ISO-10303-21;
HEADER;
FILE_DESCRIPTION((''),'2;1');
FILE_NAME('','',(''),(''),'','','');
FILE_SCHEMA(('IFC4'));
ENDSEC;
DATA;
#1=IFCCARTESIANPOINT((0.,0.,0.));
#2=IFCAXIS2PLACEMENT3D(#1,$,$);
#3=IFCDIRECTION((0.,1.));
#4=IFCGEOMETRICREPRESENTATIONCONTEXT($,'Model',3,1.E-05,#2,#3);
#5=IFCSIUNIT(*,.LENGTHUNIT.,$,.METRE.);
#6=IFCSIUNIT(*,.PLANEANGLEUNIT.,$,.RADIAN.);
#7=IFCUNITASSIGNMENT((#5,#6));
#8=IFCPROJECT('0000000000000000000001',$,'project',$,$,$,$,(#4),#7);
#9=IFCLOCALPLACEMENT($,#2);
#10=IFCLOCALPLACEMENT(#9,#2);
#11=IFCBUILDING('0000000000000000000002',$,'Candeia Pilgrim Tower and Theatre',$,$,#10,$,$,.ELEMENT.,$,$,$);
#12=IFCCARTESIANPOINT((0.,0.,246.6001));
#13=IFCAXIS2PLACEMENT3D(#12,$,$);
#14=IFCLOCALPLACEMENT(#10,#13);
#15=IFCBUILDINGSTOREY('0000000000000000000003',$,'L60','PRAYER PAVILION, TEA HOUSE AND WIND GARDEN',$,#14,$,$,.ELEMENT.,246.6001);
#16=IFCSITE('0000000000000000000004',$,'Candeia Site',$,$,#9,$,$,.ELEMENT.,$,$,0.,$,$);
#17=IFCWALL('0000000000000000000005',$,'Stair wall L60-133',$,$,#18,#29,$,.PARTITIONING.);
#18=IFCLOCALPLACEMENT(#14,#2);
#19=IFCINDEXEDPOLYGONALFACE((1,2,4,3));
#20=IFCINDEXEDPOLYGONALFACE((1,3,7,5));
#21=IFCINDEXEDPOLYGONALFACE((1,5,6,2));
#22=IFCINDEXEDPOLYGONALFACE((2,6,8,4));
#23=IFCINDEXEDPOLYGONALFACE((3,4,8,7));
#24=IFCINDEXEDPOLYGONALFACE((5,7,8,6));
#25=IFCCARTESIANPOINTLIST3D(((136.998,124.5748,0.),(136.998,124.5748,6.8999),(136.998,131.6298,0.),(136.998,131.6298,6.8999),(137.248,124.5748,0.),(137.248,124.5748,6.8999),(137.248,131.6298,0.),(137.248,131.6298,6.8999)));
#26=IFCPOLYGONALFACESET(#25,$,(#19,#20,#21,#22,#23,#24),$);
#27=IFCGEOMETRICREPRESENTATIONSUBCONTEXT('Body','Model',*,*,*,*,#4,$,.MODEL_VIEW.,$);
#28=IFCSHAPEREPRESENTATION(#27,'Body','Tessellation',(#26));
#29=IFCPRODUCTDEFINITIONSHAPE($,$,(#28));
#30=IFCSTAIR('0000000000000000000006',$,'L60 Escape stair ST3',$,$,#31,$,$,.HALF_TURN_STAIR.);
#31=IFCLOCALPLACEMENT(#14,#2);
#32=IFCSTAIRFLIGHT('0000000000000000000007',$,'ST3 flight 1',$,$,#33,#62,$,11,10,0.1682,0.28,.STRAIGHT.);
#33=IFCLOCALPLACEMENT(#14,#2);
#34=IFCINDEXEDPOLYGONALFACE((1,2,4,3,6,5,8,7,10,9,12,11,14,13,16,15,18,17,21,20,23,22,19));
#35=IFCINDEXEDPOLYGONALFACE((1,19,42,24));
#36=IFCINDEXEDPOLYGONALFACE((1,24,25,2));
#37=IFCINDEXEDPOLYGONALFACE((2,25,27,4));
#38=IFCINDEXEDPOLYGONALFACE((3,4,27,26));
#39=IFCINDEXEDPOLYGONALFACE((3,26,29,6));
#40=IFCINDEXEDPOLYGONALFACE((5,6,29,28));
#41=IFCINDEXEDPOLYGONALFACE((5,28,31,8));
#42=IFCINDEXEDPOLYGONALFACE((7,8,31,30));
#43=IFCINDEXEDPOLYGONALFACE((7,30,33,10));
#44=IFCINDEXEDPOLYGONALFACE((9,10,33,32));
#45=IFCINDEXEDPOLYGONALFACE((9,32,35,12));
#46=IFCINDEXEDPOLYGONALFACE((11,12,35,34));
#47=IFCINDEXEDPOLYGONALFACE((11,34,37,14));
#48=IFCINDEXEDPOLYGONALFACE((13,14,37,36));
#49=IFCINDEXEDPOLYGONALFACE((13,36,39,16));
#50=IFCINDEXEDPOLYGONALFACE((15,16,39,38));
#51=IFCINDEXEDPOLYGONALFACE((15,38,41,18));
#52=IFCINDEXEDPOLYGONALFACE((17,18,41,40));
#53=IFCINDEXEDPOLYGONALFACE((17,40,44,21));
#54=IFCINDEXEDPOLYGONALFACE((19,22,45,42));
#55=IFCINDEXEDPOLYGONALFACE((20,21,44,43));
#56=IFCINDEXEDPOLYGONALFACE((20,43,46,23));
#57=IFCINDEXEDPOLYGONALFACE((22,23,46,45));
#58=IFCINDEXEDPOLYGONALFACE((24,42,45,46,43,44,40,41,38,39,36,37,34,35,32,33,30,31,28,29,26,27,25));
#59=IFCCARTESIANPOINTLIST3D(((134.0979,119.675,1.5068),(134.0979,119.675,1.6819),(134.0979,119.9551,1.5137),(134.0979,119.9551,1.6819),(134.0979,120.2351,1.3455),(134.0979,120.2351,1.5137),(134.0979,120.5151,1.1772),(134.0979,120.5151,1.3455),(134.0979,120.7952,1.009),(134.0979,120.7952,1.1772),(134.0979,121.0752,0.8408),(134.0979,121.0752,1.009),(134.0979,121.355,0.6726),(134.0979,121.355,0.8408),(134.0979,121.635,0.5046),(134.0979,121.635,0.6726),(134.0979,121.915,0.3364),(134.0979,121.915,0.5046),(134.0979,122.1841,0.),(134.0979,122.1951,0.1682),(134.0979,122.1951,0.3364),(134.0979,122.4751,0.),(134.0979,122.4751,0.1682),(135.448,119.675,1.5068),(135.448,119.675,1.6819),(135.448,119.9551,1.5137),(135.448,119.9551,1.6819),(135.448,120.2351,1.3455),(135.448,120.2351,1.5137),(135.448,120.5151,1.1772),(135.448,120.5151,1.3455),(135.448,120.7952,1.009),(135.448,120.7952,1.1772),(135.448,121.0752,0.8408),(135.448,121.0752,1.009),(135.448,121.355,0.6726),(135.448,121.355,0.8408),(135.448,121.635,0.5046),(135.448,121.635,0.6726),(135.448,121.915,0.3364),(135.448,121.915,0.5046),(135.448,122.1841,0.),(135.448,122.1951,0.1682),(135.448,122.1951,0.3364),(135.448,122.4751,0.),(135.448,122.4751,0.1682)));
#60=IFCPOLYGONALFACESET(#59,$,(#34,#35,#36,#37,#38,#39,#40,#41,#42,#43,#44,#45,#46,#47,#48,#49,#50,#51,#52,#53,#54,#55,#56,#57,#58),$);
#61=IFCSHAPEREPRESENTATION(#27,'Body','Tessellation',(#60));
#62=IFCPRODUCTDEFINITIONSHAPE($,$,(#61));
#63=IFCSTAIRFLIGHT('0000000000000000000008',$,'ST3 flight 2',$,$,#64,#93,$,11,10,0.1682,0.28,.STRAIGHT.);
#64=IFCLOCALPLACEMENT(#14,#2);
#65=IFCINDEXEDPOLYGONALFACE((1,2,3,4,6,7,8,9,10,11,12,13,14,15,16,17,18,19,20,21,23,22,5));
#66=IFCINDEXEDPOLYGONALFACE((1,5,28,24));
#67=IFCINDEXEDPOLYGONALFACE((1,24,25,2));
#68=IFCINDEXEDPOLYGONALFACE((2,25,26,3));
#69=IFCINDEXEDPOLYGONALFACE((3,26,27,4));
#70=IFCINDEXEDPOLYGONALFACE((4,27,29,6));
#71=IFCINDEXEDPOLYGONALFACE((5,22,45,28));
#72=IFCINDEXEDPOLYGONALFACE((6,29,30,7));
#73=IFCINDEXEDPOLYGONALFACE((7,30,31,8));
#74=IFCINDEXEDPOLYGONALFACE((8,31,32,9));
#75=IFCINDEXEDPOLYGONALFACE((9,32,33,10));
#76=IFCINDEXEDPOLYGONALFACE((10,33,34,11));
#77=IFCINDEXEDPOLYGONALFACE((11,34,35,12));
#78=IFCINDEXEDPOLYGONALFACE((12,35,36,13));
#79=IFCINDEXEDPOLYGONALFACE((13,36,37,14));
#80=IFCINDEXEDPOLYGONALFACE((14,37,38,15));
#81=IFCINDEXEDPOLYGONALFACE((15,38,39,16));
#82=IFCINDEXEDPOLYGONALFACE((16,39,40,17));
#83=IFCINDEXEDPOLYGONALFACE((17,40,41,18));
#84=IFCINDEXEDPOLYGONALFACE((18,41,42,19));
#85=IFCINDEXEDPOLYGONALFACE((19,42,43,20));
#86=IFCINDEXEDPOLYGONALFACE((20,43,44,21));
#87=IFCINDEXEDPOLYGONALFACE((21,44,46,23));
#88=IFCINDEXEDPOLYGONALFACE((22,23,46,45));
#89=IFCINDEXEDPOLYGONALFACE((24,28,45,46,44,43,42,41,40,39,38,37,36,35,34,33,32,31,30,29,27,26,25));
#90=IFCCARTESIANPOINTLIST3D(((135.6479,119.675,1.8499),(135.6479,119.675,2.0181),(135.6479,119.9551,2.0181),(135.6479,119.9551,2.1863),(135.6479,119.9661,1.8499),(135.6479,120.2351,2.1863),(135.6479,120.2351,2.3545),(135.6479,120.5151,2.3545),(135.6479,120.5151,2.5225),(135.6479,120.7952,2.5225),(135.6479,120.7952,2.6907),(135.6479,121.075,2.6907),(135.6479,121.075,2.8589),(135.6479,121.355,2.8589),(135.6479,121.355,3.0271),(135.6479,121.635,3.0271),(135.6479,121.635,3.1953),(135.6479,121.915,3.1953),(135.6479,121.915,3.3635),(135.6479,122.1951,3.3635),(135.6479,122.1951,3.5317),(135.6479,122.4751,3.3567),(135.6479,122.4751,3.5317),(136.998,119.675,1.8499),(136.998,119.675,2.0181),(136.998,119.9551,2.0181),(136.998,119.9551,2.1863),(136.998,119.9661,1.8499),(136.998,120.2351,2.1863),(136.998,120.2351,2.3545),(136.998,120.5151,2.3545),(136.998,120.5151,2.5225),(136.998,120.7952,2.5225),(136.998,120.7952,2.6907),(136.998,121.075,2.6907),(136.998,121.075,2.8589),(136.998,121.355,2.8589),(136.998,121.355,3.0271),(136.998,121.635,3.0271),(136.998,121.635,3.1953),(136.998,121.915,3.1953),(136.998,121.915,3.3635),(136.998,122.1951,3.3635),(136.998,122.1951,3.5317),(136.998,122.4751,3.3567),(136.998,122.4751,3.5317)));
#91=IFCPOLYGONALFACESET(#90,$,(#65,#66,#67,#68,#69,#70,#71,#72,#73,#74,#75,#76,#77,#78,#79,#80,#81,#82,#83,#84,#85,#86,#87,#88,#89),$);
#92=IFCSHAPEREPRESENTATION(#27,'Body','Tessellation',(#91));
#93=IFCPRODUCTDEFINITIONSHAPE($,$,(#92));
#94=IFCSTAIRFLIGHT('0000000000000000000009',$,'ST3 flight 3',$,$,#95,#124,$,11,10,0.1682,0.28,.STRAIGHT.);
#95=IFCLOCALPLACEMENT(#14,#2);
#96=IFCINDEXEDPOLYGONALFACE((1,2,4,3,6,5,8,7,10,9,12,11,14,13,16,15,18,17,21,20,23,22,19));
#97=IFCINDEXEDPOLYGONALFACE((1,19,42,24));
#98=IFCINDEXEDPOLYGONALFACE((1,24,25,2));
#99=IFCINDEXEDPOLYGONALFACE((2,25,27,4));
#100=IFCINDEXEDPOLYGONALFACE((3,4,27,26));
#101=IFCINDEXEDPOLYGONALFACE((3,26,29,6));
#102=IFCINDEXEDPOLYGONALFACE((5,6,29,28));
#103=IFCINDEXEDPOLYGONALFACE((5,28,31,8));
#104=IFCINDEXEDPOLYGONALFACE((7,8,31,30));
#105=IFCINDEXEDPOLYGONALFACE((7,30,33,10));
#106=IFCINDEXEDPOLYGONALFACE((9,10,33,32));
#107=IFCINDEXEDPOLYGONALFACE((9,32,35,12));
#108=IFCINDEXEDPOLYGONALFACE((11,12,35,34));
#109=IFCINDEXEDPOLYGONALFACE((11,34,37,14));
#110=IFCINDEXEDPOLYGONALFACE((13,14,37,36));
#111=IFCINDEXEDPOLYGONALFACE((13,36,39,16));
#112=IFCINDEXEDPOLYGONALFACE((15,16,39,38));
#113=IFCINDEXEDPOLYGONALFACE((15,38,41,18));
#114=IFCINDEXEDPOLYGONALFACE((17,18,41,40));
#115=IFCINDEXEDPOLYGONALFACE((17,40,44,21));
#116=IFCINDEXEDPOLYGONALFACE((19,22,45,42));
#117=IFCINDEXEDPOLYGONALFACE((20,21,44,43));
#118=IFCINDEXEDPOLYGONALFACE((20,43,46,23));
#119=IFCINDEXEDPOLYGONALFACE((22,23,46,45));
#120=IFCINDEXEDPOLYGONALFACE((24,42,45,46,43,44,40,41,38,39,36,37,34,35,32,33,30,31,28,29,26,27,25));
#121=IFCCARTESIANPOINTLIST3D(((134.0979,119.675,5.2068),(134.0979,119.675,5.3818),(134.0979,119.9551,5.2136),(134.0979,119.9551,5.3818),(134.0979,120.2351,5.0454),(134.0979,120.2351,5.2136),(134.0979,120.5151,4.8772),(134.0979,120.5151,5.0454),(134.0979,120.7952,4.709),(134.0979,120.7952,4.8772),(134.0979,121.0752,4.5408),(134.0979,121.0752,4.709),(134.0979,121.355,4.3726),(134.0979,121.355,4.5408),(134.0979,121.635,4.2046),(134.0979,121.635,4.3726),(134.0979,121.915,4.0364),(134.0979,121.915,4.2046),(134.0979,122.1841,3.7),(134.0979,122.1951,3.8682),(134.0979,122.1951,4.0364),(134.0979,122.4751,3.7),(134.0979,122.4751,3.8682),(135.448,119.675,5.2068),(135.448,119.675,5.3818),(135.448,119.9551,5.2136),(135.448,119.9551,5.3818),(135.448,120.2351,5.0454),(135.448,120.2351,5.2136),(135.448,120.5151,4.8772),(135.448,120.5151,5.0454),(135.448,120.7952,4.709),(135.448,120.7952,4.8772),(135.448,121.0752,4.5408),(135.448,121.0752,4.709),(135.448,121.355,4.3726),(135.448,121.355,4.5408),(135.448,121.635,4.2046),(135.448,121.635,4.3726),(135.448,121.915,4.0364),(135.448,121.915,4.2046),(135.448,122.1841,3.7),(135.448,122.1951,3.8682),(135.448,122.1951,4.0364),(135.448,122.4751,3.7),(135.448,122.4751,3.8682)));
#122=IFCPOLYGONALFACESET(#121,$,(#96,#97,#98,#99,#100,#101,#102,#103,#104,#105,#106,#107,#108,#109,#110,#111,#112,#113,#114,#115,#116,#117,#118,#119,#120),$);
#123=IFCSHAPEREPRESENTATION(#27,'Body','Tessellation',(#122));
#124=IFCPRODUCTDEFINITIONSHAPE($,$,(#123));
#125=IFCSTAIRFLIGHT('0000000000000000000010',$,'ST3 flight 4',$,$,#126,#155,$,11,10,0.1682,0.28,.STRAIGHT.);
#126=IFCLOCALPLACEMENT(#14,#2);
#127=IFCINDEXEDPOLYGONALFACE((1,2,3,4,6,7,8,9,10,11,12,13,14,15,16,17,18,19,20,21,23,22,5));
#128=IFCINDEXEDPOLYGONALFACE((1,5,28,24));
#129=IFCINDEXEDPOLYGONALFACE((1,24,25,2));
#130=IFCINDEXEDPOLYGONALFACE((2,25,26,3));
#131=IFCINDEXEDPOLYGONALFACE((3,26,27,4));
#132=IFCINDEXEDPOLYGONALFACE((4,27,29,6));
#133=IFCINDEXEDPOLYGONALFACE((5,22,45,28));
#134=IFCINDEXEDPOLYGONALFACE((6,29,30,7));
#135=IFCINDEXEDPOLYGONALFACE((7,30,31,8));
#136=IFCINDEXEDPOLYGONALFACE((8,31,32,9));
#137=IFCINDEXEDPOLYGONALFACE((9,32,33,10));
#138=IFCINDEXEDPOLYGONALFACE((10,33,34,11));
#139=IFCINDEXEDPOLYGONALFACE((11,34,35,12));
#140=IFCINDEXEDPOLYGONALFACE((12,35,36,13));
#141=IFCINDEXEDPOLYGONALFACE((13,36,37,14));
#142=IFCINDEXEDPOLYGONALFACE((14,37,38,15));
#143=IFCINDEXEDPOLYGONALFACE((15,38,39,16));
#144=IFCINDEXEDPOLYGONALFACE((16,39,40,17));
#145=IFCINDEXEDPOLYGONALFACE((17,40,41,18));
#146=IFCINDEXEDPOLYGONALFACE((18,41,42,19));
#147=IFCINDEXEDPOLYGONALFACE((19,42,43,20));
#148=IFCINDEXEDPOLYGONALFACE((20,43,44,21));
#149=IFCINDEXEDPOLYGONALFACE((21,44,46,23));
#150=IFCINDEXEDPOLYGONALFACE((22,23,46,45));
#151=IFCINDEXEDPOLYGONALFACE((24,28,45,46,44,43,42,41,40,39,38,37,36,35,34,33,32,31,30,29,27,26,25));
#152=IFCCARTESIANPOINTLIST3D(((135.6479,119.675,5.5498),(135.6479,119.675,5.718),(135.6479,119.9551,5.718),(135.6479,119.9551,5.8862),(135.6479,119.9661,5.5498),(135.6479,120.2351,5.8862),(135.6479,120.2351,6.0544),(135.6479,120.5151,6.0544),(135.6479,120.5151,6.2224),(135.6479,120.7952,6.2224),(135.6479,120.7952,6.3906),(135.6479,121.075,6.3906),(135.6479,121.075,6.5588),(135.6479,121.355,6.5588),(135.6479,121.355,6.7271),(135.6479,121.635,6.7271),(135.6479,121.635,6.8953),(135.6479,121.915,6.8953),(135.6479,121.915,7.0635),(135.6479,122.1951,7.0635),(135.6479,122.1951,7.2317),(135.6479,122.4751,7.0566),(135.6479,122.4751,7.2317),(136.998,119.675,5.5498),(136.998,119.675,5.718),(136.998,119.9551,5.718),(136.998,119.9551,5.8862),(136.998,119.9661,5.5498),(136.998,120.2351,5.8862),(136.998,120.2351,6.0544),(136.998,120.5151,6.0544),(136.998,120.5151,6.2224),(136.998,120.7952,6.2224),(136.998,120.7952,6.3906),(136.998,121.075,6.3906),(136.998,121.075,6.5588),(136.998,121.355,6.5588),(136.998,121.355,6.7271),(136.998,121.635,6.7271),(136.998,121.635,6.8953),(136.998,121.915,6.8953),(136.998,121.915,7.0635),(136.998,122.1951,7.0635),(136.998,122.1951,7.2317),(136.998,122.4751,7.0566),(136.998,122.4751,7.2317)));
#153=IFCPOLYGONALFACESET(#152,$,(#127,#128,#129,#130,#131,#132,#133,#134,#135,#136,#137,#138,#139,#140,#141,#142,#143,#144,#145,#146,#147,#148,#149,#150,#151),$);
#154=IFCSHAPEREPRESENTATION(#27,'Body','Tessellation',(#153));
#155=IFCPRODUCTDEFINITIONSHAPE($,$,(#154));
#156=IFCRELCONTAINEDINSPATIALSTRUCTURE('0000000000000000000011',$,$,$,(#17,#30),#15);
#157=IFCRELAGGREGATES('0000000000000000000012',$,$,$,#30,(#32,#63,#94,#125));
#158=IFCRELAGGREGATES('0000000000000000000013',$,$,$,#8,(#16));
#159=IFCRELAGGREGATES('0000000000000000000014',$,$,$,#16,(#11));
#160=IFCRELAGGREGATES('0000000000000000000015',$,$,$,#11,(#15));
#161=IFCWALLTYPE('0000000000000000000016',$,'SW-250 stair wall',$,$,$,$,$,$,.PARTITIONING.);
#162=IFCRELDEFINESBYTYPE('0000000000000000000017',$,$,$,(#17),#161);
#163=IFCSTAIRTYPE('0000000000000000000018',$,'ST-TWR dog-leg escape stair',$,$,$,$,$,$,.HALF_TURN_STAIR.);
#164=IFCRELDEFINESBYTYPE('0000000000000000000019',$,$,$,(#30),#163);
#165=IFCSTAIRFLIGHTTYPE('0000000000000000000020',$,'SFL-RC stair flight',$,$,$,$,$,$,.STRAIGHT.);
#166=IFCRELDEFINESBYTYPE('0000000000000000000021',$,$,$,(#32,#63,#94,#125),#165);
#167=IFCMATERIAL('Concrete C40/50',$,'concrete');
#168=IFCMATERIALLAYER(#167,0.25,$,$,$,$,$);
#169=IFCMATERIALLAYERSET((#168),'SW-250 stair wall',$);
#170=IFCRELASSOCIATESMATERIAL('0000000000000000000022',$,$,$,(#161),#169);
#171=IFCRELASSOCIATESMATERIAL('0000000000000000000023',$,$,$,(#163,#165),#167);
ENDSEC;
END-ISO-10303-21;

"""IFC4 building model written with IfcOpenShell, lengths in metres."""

from ifc_helpers import new_model, si_unit, direction, frame, frame_2d, origin, place, context, subcontext, project, spatial, polyline, rectangle, outline, extrude, material, layer, layer_set, type_object, element, aggregate, save


model = new_model("IFC4")

# Units and contexts
model_context = context("Model", 3, precision=1e-05, world=origin(), true_north=direction((0.0, 1.0)))
body_context = subcontext(model_context, "Body", "Model", "MODEL_VIEW")
ifc_project = project(units=[si_unit("LENGTHUNIT", "METRE"), si_unit("PLANEANGLEUNIT", "RADIAN")], contexts=[model_context])

# Site, building, storey
site_placement = place(None, origin())
site = spatial("IfcSite", under=ifc_project, at=site_placement, Name="Candeia Site", CompositionType="ELEMENT", RefElevation=0.0)
building_placement = place(site_placement, origin())
building = spatial("IfcBuilding", under=site, at=building_placement, Name="Candeia Pilgrim Tower and Theatre", CompositionType="ELEMENT")
storey_placement = place(building_placement, frame((0.0, 0.0, 246.6001)))
storey = spatial("IfcBuildingStorey", under=building, at=storey_placement, Name="L60", Description="PRAYER PAVILION, TEA HOUSE AND WIND GARDEN", CompositionType="ELEMENT", Elevation=246.6001)

# Wall
ifc_material_1 = material(Name="Concrete C40/50", Category="concrete")
ifc_layer = layer(ifc_material_1, 0.25)
ifc_layer_set = layer_set([ifc_layer], Name="SW-250 stair wall")
wall_type = type_object("IfcWallType", Name="SW-250 stair wall", PredefinedType="PARTITIONING", material=ifc_layer_set)
wall_placement = place(storey_placement, frame((137.123, 124.575, 0.0), z_axis=(0.0, 0.0, 1.0), x_axis=(0.0, 1.0, 0.0)))
element("IfcWall", 1, at=wall_placement, inside=storey, type_object=wall_type, Name="Stair wall L60-133", PredefinedType="PARTITIONING", context=body_context, shape_type="SweptSolid", body=[
    extrude(rectangle(XDim=7.0549, YDim=0.25, at=frame_2d((3.5273, 0.0))), origin(), (0.0, 0.0, 1.0), 6.8999),
])

# Stair, stair flights
stair_type = type_object("IfcStairType", Name="ST-TWR dog-leg escape stair", PredefinedType="HALF_TURN_STAIR", material=ifc_material_1)
stair_1_placement = place(storey_placement, origin())
stair_1 = element("IfcStair", 2, at=stair_1_placement, inside=storey, type_object=stair_type, Name="L60 Escape stair ST3", PredefinedType="HALF_TURN_STAIR")
stair_flight_type = type_object("IfcStairFlightType", Name="SFL-RC stair flight", PredefinedType="STRAIGHT", material=ifc_material_1)
stair_flight_1_placement = place(storey_placement, frame((134.7729, 122.4751, 0.0), z_axis=(0.0, 0.0, 1.0), x_axis=(0.0, -1.0, 0.0)))
stair_flight_1 = element("IfcStairFlight", 3, at=stair_flight_1_placement, type_object=stair_flight_type, Name="ST3 flight 1", NumberOfRisers=11, NumberOfTreads=10, PredefinedType="STRAIGHT", RiserHeight=0.1682, TreadLength=0.28, context=body_context, shape_type="SweptSolid", body=[
    extrude(outline(polyline([(0.0, 0.0), (0.0, 0.1682), (0.28, 0.1682), (0.28, 0.3364), (0.5601, 0.3364), (0.5601, 0.5046), (0.8401, 0.5046), (0.8401, 0.6726), (1.1201, 0.6726), (1.1201, 0.8408), (1.3999, 0.8408), (1.3999, 1.009), (1.6799, 1.009), (1.6799, 1.1772), (1.96, 1.1772), (1.96, 1.3455), (2.24, 1.3455), (2.24, 1.5137), (2.52, 1.5137), (2.52, 1.6819), (2.8, 1.6819), (2.8, 1.8501), (2.8, 1.5068), (0.291, 0.0), (0.0, 0.0)])), frame((0.0, 0.675, 0.0), z_axis=(0.0, -1.0, 0.0), x_axis=(1.0, 0.0, 0.0)), (0.0, 0.0, 1.0), 1.3501),
])
stair_flight_2_placement = place(storey_placement, frame((136.323, 119.675, 1.8499), z_axis=(0.0, 0.0, 1.0), x_axis=(0.0, 1.0, 0.0)))
stair_flight_2 = element("IfcStairFlight", 4, at=stair_flight_2_placement, type_object=stair_flight_type, Name="ST3 flight 2", NumberOfRisers=11, NumberOfTreads=10, PredefinedType="STRAIGHT", RiserHeight=0.1682, TreadLength=0.28, context=body_context, shape_type="SweptSolid", body=[
    extrude(outline(polyline([(0.0, 0.0), (0.0, 0.1682), (0.28, 0.1682), (0.28, 0.3364), (0.5601, 0.3364), (0.5601, 0.5046), (0.8401, 0.5046), (0.8401, 0.6726), (1.1201, 0.6726), (1.1201, 0.8408), (1.3999, 0.8408), (1.3999, 1.009), (1.6799, 1.009), (1.6799, 1.1772), (1.96, 1.1772), (1.96, 1.3455), (2.24, 1.3455), (2.24, 1.5137), (2.52, 1.5137), (2.52, 1.6819), (2.8, 1.6819), (2.8, 1.8501), (2.8, 1.5068), (0.291, 0.0), (0.0, 0.0)])), frame((0.0, 0.675, 0.0), z_axis=(0.0, -1.0, 0.0), x_axis=(1.0, 0.0, 0.0)), (0.0, 0.0, 1.0), 1.3501),
])
stair_flight_3_placement = place(storey_placement, frame((134.7729, 122.4751, 3.7), z_axis=(0.0, 0.0, 1.0), x_axis=(0.0, -1.0, 0.0)))
stair_flight_3 = element("IfcStairFlight", 5, at=stair_flight_3_placement, type_object=stair_flight_type, Name="ST3 flight 3", NumberOfRisers=11, NumberOfTreads=10, PredefinedType="STRAIGHT", RiserHeight=0.1682, TreadLength=0.28, context=body_context, shape_type="SweptSolid", body=[
    extrude(outline(polyline([(0.0, 0.0), (0.0, 0.1682), (0.28, 0.1682), (0.28, 0.3364), (0.5601, 0.3364), (0.5601, 0.5046), (0.8401, 0.5046), (0.8401, 0.6726), (1.1201, 0.6726), (1.1201, 0.8408), (1.3999, 0.8408), (1.3999, 1.009), (1.6799, 1.009), (1.6799, 1.1772), (1.96, 1.1772), (1.96, 1.3455), (2.24, 1.3455), (2.24, 1.5137), (2.52, 1.5137), (2.52, 1.6819), (2.8, 1.6819), (2.8, 1.8501), (2.8, 1.5068), (0.291, 0.0), (0.0, 0.0)])), frame((0.0, 0.675, 0.0), z_axis=(0.0, -1.0, 0.0), x_axis=(1.0, 0.0, 0.0)), (0.0, 0.0, 1.0), 1.3501),
])
stair_flight_4_placement = place(storey_placement, frame((136.323, 119.675, 5.5498), z_axis=(0.0, 0.0, 1.0), x_axis=(0.0, 1.0, 0.0)))
stair_flight_4 = element("IfcStairFlight", 6, at=stair_flight_4_placement, type_object=stair_flight_type, Name="ST3 flight 4", NumberOfRisers=11, NumberOfTreads=10, PredefinedType="STRAIGHT", RiserHeight=0.1682, TreadLength=0.28, context=body_context, shape_type="SweptSolid", body=[
    extrude(outline(polyline([(0.0, 0.0), (0.0, 0.1682), (0.28, 0.1682), (0.28, 0.3364), (0.5601, 0.3364), (0.5601, 0.5046), (0.8401, 0.5046), (0.8401, 0.6726), (1.1201, 0.6726), (1.1201, 0.8408), (1.3999, 0.8408), (1.3999, 1.009), (1.6799, 1.009), (1.6799, 1.1772), (1.96, 1.1772), (1.96, 1.3455), (2.24, 1.3455), (2.24, 1.5137), (2.52, 1.5137), (2.52, 1.6819), (2.8, 1.6819), (2.8, 1.8501), (2.8, 1.5068), (0.291, 0.0), (0.0, 0.0)])), frame((0.0, 0.675, 0.0), z_axis=(0.0, -1.0, 0.0), x_axis=(1.0, 0.0, 0.0)), (0.0, 0.0, 1.0), 1.3501),
])
aggregate(stair_1, [stair_flight_1, stair_flight_2, stair_flight_3, stair_flight_4])

save(model, "model.ifc")
